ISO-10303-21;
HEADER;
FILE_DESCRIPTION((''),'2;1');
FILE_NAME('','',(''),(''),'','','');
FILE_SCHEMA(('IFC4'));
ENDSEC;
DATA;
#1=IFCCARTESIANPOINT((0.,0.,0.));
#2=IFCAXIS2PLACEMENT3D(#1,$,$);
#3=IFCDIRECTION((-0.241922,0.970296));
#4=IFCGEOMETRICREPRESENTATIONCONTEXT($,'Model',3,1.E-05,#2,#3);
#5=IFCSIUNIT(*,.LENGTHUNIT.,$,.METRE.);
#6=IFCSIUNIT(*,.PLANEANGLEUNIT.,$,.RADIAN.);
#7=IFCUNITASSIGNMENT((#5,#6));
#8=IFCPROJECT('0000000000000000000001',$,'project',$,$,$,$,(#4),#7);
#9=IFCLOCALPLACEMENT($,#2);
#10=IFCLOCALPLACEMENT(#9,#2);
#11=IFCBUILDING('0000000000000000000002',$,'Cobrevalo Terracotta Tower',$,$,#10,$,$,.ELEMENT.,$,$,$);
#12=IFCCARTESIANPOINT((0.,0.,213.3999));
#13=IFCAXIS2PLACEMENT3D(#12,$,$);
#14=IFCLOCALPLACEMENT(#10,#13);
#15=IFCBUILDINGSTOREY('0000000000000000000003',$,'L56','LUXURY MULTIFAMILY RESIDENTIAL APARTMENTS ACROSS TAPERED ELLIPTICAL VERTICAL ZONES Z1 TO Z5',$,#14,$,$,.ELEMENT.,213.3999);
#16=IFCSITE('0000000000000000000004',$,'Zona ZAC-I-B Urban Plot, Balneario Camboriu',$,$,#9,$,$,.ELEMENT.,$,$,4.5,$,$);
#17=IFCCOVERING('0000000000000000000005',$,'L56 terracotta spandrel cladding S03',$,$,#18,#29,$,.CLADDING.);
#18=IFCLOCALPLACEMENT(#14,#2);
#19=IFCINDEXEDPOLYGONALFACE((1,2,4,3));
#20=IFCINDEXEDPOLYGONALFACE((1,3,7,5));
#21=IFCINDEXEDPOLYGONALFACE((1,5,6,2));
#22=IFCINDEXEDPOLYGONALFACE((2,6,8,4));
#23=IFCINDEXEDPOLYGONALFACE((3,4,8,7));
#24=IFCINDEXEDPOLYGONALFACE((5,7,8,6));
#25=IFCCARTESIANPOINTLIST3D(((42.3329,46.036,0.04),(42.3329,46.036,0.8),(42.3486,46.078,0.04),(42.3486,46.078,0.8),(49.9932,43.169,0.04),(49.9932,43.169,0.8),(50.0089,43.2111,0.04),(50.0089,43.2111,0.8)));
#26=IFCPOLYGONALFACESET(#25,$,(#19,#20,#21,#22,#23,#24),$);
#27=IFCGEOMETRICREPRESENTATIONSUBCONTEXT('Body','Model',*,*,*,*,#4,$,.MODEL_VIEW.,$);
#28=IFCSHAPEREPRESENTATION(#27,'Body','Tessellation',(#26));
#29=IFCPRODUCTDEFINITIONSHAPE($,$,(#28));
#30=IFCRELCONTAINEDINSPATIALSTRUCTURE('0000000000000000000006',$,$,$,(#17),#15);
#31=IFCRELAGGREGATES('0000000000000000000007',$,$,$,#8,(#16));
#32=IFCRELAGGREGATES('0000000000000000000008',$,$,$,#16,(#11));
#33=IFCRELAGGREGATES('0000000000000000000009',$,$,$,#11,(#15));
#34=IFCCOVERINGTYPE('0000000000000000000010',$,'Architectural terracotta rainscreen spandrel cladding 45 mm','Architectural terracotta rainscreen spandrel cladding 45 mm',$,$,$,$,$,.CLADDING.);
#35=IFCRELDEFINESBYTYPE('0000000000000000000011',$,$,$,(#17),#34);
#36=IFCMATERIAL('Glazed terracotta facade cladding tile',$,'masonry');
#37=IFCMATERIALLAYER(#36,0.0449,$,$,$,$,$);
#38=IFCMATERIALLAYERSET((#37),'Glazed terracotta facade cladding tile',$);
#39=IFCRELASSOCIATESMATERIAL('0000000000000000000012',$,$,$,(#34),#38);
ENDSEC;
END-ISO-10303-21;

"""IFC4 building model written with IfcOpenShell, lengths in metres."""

from ifc_helpers import new_model, si_unit, direction, frame, origin, origin_2d, place, context, subcontext, project, spatial, rectangle, extrude, source, transform, mapped, material, layer, layer_set, type_object, element, save


model = new_model("IFC4")

# Units and contexts
model_context = context("Model", 3, precision=1e-05, world=origin(), true_north=direction((-0.241922, 0.970296)))
body_context = subcontext(model_context, "Body", "Model", "MODEL_VIEW")
ifc_project = project(units=[si_unit("LENGTHUNIT", "METRE"), si_unit("PLANEANGLEUNIT", "RADIAN")], contexts=[model_context])

# Site, building, storey
site_placement = place(None, origin())
site = spatial("IfcSite", under=ifc_project, at=site_placement, Name="Zona ZAC-I-B Urban Plot, Balneario Camboriu", CompositionType="ELEMENT", RefElevation=4.5)
building_placement = place(site_placement, origin())
building = spatial("IfcBuilding", under=site, at=building_placement, Name="Cobrevalo Terracotta Tower", CompositionType="ELEMENT")
storey_placement = place(building_placement, frame((0.0, 0.0, 213.3999)))
storey = spatial("IfcBuildingStorey", under=building, at=storey_placement, Name="L56", Description="LUXURY MULTIFAMILY RESIDENTIAL APARTMENTS ACROSS TAPERED ELLIPTICAL VERTICAL ZONES Z1 TO Z5", CompositionType="ELEMENT", Elevation=213.3999)

# Covering
ifc_material_1 = material(Name="Glazed terracotta facade cladding tile", Category="masonry")
ifc_layer_1 = layer(ifc_material_1, 0.0449)
ifc_layer_set_1 = layer_set([ifc_layer_1], Name="Glazed terracotta facade cladding tile")
covering_type = type_object("IfcCoveringType", Name="Architectural terracotta rainscreen spandrel cladding 45 mm", Description="Architectural terracotta rainscreen spandrel cladding 45 mm", PredefinedType="CLADDING", material=ifc_layer_set_1)
shared_shape_1 = source(origin(), body_context, "Body", "SweptSolid", [
    extrude(rectangle(XDim=8.1792, YDim=0.0449, at=origin_2d()), origin(), (0.0, 0.0, 1.0), 0.76),
])
covering_placement = place(storey_placement, frame((46.1709, 44.6235, 0.04), z_axis=(0.0, 0.0, 1.0), x_axis=(-0.936558, 0.350513, 0.0)))
element("IfcCovering", 1, at=covering_placement, inside=storey, type_object=covering_type, Name="L56 terracotta spandrel cladding S03", PredefinedType="CLADDING", context=body_context, shape_type="MappedRepresentation", body=[
    mapped(shared_shape_1, transform((0.0, 0.0, 0.0), scale=1.0)),
])

save(model, "model.ifc")
